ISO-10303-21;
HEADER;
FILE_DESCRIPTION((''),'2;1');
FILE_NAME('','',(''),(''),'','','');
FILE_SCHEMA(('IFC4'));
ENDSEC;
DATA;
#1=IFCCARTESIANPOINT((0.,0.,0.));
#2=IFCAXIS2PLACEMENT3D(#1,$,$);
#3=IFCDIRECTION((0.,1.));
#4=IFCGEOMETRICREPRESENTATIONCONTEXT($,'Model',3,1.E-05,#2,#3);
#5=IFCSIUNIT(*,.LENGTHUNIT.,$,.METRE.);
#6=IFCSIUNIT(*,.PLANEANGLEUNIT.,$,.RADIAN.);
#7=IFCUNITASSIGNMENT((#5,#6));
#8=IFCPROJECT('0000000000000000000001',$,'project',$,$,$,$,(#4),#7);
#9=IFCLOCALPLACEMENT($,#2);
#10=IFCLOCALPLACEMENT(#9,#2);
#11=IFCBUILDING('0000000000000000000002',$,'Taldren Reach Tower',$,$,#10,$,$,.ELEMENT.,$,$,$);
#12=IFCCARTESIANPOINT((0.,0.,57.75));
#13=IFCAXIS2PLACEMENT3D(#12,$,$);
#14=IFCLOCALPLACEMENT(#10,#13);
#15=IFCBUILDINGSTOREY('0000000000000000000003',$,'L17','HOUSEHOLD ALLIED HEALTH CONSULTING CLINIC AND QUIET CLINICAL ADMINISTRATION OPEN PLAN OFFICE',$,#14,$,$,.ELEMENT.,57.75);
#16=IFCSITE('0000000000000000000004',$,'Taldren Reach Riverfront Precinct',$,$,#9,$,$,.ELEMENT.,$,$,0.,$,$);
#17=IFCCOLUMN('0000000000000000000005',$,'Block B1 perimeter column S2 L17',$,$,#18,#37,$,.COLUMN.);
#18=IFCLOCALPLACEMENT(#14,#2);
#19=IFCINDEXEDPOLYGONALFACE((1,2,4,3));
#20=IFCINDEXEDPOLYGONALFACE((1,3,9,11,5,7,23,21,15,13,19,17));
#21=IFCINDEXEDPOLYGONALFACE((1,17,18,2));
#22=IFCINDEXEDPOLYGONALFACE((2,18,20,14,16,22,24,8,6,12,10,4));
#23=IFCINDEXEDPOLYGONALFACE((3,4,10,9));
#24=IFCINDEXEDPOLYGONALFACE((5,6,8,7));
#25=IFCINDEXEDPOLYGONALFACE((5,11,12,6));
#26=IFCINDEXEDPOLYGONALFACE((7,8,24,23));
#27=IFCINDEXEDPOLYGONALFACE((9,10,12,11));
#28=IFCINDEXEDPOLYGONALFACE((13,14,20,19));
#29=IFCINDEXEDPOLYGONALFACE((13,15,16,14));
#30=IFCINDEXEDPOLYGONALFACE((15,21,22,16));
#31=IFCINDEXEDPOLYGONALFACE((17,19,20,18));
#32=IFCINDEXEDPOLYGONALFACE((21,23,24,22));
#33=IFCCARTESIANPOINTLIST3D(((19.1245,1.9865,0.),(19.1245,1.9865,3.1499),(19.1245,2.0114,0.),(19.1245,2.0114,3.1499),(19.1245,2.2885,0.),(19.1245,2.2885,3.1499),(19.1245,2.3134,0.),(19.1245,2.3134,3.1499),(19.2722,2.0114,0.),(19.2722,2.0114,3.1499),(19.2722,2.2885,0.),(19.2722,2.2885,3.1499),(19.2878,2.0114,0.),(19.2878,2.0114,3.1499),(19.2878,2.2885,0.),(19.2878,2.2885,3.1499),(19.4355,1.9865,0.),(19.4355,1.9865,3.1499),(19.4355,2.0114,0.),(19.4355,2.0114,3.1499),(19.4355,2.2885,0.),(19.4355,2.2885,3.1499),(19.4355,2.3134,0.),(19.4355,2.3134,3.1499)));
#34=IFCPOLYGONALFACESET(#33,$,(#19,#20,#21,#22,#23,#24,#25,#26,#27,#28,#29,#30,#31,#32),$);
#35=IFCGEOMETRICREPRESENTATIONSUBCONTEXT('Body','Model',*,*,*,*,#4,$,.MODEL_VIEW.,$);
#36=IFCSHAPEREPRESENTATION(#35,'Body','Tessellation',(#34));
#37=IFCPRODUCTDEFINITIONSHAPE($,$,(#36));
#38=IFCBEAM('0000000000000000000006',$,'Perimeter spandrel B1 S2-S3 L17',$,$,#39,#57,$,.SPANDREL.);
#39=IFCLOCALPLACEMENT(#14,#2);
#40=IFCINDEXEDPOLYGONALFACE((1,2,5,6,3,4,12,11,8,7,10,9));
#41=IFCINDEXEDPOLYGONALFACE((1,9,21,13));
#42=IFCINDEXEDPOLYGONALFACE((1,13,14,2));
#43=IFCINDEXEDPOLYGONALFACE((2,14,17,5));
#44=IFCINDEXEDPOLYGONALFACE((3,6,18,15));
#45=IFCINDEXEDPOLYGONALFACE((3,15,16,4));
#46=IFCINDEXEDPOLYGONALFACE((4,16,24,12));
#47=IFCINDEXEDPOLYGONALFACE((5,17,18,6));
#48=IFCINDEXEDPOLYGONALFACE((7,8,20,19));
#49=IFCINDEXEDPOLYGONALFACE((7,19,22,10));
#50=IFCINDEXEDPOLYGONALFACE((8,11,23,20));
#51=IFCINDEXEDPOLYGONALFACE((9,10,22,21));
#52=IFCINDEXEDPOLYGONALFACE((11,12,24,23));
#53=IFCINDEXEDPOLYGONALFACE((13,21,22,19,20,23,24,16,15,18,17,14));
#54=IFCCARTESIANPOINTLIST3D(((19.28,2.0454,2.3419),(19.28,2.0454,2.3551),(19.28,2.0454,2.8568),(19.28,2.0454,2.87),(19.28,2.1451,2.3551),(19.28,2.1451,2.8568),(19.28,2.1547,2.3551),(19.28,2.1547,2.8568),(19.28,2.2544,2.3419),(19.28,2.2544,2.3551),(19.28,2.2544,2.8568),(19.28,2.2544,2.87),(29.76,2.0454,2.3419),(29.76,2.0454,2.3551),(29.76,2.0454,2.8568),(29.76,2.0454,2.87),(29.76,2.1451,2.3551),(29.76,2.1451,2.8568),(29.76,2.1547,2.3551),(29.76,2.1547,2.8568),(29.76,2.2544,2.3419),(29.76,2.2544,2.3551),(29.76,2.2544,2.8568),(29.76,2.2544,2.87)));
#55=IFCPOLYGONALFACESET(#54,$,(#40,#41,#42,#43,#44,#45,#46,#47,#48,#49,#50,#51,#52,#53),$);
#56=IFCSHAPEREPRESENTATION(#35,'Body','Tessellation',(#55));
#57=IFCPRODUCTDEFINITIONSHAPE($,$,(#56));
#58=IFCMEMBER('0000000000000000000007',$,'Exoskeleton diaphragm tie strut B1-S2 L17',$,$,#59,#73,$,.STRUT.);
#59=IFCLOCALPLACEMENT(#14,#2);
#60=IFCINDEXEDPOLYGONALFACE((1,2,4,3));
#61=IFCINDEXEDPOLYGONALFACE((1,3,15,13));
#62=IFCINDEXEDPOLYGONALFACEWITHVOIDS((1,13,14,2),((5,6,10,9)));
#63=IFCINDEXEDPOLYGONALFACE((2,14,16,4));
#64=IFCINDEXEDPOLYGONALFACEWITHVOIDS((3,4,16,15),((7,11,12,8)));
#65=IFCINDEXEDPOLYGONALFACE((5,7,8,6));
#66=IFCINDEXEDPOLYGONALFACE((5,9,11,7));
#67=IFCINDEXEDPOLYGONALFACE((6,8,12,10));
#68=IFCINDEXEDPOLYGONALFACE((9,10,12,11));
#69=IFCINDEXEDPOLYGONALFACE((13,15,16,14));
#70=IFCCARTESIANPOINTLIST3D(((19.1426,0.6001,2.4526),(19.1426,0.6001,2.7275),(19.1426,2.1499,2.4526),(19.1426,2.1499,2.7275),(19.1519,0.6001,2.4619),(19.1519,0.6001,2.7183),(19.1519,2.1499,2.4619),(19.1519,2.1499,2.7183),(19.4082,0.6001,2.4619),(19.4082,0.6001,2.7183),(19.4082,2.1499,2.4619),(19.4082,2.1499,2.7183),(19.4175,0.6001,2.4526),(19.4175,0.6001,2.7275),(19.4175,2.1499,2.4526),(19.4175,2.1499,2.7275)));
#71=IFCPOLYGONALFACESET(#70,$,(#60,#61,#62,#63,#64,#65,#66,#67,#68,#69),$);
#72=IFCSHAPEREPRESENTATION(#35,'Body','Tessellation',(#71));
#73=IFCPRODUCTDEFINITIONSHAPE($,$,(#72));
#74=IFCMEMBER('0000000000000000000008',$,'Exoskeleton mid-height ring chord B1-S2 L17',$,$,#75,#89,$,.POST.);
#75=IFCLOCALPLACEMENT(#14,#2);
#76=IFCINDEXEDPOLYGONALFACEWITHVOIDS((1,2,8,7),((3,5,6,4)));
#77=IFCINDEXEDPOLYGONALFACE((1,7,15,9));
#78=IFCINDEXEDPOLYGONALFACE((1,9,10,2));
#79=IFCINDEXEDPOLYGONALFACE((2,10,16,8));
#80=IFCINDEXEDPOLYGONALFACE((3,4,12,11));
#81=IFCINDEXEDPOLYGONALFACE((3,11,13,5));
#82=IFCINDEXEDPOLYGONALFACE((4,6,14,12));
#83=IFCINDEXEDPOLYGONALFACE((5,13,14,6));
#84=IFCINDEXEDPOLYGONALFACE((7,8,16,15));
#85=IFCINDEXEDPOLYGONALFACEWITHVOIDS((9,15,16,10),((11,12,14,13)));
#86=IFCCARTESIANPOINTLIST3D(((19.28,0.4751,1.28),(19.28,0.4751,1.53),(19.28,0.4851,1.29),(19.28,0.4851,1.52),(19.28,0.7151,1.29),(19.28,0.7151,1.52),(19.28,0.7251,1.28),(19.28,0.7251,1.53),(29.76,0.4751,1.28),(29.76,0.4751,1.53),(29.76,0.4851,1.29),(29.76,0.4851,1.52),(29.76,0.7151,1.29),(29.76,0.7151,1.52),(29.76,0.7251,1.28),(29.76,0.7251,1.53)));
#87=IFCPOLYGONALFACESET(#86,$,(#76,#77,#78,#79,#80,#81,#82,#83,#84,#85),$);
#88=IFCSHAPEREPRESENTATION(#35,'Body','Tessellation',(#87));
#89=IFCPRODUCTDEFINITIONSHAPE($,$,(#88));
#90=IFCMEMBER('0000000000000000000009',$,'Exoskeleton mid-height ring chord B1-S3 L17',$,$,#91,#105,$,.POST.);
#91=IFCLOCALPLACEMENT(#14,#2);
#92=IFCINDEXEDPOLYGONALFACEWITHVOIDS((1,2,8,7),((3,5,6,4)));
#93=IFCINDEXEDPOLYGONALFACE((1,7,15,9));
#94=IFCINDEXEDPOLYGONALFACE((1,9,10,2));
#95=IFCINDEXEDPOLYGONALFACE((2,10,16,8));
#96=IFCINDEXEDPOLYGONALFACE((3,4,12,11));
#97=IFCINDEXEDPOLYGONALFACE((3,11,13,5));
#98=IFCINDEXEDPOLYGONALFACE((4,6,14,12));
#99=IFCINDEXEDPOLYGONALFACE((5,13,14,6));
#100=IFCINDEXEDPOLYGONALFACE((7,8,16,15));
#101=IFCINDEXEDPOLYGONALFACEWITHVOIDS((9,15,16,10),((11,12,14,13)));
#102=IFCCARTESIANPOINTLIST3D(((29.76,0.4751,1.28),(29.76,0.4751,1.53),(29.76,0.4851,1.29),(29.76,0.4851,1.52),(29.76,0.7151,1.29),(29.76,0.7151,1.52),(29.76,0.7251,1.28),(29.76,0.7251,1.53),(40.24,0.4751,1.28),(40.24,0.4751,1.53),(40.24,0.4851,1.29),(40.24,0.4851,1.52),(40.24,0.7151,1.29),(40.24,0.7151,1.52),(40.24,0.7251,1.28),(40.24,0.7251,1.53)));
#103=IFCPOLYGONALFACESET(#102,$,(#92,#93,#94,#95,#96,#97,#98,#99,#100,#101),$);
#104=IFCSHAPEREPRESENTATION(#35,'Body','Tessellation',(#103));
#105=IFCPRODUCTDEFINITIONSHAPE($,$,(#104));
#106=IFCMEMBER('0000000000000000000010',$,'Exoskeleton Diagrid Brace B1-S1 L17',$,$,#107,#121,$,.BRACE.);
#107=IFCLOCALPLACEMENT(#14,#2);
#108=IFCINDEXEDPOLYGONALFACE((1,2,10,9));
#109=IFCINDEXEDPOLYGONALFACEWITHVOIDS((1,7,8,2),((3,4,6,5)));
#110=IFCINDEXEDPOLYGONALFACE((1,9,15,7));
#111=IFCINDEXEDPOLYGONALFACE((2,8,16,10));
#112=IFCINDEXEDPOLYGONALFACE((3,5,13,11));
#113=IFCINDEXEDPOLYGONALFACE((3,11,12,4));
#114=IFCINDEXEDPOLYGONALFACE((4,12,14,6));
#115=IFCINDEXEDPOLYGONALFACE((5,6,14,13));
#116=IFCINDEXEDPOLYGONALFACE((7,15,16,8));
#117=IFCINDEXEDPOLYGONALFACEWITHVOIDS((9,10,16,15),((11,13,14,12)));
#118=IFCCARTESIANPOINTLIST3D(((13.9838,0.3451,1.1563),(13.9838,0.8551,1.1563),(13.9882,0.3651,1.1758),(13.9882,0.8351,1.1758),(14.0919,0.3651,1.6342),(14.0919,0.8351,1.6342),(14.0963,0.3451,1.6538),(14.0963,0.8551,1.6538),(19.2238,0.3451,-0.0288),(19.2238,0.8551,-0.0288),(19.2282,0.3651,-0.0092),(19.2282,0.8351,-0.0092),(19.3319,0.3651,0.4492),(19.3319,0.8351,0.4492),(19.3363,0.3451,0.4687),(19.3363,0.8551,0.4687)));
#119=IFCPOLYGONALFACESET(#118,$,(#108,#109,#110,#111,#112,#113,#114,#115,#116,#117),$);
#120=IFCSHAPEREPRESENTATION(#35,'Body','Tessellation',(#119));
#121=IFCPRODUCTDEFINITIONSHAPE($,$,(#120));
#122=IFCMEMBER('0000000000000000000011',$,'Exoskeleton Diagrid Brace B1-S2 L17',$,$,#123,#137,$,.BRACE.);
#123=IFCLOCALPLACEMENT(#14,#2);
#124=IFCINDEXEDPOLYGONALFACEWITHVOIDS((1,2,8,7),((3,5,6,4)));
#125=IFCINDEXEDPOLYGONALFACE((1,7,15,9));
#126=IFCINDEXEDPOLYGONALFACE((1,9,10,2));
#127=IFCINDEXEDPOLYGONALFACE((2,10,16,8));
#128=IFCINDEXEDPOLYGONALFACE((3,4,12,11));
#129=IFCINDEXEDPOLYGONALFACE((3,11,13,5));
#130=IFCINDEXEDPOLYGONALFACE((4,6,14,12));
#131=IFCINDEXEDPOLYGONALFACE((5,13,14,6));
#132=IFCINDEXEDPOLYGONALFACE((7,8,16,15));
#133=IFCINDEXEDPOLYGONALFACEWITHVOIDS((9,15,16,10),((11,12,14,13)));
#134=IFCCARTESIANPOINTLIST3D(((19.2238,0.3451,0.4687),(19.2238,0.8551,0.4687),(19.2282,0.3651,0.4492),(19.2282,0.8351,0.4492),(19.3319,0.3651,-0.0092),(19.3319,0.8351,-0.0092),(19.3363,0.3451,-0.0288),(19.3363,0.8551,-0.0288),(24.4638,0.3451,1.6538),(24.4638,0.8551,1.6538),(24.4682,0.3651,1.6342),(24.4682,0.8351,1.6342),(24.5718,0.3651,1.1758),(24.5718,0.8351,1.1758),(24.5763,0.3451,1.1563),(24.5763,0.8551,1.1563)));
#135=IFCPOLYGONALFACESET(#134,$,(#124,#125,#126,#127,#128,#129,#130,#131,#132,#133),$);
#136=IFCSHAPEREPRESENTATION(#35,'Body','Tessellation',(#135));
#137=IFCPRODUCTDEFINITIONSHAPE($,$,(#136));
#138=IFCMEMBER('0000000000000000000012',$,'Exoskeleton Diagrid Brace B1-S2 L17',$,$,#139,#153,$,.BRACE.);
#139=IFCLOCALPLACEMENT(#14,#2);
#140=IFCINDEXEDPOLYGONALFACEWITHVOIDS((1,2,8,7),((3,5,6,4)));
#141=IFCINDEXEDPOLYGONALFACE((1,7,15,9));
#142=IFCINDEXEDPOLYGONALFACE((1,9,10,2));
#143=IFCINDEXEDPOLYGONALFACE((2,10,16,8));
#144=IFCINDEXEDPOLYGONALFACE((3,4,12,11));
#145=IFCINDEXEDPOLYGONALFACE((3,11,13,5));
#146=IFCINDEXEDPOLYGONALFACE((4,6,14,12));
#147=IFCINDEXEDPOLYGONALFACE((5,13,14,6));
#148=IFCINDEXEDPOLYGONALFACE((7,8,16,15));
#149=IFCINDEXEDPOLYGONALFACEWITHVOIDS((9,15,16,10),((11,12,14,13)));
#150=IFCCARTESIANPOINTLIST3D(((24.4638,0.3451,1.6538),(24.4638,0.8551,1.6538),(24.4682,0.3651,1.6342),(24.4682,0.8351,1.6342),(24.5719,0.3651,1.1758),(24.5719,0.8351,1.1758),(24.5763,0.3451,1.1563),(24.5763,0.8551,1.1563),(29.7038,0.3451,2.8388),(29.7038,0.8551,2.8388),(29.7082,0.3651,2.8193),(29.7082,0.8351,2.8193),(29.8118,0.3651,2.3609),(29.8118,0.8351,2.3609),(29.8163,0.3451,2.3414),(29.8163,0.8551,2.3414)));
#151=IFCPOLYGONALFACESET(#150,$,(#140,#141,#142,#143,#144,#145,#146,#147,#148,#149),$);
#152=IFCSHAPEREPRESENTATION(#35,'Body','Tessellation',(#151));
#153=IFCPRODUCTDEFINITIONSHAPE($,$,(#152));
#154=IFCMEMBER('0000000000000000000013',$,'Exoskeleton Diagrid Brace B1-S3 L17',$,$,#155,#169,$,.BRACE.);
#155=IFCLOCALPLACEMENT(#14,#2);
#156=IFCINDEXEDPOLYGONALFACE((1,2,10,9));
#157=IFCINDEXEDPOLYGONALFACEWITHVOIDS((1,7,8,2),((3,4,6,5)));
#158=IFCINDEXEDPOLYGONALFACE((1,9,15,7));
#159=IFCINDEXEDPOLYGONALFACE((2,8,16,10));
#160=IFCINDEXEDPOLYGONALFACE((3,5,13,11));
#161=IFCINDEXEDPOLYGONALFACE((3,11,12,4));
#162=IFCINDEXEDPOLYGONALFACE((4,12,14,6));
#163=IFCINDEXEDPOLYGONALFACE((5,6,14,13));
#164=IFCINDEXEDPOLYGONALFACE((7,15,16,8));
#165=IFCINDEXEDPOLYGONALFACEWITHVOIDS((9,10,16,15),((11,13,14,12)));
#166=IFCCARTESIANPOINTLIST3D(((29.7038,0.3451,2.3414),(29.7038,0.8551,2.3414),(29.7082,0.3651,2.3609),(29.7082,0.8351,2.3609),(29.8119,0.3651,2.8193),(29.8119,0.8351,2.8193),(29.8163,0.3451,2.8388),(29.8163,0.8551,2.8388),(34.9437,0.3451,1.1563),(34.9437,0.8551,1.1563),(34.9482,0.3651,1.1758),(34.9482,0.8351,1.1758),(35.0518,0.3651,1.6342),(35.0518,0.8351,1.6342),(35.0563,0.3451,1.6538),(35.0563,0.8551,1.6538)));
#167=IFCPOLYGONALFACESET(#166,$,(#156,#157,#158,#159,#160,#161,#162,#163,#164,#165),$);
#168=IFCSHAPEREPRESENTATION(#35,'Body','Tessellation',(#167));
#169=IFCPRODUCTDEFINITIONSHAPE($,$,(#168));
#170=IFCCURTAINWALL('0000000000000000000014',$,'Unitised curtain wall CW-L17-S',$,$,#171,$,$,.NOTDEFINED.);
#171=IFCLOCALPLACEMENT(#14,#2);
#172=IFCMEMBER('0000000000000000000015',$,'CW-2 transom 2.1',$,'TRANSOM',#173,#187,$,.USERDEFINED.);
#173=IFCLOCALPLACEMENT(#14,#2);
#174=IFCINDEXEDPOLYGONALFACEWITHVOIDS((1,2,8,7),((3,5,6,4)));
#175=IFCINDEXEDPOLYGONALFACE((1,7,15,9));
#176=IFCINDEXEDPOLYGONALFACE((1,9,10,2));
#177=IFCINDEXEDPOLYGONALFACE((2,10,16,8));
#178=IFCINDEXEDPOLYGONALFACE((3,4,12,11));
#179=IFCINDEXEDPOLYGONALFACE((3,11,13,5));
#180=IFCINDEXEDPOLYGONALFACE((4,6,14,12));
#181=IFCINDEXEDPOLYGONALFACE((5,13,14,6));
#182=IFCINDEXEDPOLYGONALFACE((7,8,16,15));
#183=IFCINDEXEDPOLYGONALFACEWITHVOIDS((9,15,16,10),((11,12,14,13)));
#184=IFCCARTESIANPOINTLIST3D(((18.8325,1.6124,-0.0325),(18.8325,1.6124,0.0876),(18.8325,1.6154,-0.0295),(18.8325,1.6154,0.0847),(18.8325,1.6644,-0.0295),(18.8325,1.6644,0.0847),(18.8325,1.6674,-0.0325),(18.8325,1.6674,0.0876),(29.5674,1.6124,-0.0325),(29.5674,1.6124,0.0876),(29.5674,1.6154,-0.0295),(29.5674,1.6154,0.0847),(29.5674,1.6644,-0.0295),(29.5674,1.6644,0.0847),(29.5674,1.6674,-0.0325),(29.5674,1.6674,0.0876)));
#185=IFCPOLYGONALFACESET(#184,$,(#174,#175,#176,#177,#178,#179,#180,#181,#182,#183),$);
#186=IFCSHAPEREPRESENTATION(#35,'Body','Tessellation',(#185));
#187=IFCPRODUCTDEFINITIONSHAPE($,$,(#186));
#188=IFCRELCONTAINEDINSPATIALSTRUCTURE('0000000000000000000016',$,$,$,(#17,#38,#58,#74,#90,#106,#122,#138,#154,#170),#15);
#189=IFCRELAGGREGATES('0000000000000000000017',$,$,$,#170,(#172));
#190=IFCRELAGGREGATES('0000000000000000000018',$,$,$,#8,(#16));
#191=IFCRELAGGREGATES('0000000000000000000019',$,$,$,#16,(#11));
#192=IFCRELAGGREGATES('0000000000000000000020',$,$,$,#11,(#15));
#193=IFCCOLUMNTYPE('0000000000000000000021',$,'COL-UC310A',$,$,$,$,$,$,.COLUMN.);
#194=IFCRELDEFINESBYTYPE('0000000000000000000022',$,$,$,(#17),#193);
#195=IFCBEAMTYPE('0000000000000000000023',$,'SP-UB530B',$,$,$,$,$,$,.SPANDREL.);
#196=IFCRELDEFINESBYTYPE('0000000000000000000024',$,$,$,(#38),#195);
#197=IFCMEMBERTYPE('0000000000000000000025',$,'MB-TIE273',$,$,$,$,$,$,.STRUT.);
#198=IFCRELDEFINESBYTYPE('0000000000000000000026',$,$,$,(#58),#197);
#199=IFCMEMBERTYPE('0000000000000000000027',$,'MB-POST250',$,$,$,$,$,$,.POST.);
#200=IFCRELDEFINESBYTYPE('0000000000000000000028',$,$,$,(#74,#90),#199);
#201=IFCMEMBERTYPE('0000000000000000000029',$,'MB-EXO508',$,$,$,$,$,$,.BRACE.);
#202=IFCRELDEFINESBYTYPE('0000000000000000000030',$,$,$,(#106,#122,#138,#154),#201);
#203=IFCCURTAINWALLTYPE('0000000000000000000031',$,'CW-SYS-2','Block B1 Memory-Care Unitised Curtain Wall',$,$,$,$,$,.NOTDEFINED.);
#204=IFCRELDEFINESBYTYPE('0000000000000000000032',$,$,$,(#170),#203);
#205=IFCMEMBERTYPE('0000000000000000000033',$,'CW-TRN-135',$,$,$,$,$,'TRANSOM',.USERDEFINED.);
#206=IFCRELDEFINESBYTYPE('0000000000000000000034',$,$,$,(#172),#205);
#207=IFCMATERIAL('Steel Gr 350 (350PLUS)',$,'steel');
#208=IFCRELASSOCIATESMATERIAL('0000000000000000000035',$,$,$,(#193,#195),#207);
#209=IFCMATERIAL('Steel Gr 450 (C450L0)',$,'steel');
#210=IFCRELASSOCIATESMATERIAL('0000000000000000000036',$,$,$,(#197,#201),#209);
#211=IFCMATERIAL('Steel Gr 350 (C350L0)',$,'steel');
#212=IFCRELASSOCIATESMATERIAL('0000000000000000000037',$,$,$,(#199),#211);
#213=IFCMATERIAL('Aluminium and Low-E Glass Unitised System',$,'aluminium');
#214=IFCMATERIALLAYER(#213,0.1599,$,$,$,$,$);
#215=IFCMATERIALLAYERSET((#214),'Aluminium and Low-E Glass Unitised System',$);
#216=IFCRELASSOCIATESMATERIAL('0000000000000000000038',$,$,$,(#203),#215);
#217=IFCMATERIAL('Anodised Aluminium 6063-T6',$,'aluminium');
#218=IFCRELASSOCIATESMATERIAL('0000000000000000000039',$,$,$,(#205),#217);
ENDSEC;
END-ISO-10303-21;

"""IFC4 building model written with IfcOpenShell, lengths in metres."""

from ifc_helpers import new_model, si_unit, direction, frame, origin, origin_2d, place, context, subcontext, project, spatial, hollow_rectangle, i_section, extrude, source, transform, mapped, material, layer, layer_set, material_profile, profile_set, type_object, element, aggregate, save


model = new_model("IFC4")

# Units and contexts
model_context = context("Model", 3, precision=1e-05, world=origin(), true_north=direction((0.0, 1.0)))
body_context = subcontext(model_context, "Body", "Model", "MODEL_VIEW")
ifc_project = project(units=[si_unit("LENGTHUNIT", "METRE"), si_unit("PLANEANGLEUNIT", "RADIAN")], contexts=[model_context])

# Site, building, storey
site_placement = place(None, origin())
site = spatial("IfcSite", under=ifc_project, at=site_placement, Name="Taldren Reach Riverfront Precinct", CompositionType="ELEMENT", RefElevation=0.0)
building_placement = place(site_placement, origin())
building = spatial("IfcBuilding", under=site, at=building_placement, Name="Taldren Reach Tower", CompositionType="ELEMENT")
storey_placement = place(building_placement, frame((0.0, 0.0, 57.75)))
storey = spatial("IfcBuildingStorey", under=building, at=storey_placement, Name="L17", Description="HOUSEHOLD ALLIED HEALTH CONSULTING CLINIC AND QUIET CLINICAL ADMINISTRATION OPEN PLAN OFFICE", CompositionType="ELEMENT", Elevation=57.75)

# Column
ifc_material_1 = material(Name="Steel Gr 350 (350PLUS)", Category="steel")
ifc_material_profile_1 = material_profile(ifc_material_1, i_section(OverallWidth=0.311, OverallDepth=0.3269, WebThickness=0.0156, FlangeThickness=0.0249, at=origin_2d()), Name="310UC158")
ifc_profile_set_1 = profile_set([ifc_material_profile_1], Name="Steel Gr 350 (350PLUS)")
column_type = type_object("IfcColumnType", Name="COL-UC310A", PredefinedType="COLUMN", material=ifc_profile_set_1)
shared_shape_1 = source(origin(), body_context, "Body", "SweptSolid", [
    extrude(i_section(OverallWidth=0.311, OverallDepth=0.3269, WebThickness=0.0156, FlangeThickness=0.0249, at=origin_2d()), origin(), (0.0, 0.0, 1.0), 3.1499),
])
column_placement = place(storey_placement, frame((19.28, 2.1499, 0.0), z_axis=(0.0, 0.0, 1.0), x_axis=(1.0, 0.0, 0.0)))
element("IfcColumn", 1, at=column_placement, inside=storey, type_object=column_type, Name="Block B1 perimeter column S2 L17", PredefinedType="COLUMN", context=body_context, shape_type="MappedRepresentation", body=[
    mapped(shared_shape_1, transform((0.0, 0.0, 0.0), scale=1.0)),
])

# Beam
ifc_material_profile_2 = material_profile(ifc_material_1, i_section(OverallWidth=0.209, OverallDepth=0.5281, WebThickness=0.0095, FlangeThickness=0.0132, at=origin_2d()), Name="530UB82.0")
ifc_profile_set_2 = profile_set([ifc_material_profile_2], Name="Steel Gr 350 (350PLUS)")
beam_type = type_object("IfcBeamType", Name="SP-UB530B", PredefinedType="SPANDREL", material=ifc_profile_set_2)
shared_shape_2 = source(origin(), body_context, "Body", "SweptSolid", [
    extrude(i_section(OverallWidth=0.209, OverallDepth=0.5281, WebThickness=0.0095, FlangeThickness=0.0132, at=origin_2d()), origin(), (0.0, 0.0, 1.0), 10.48),
])
beam_placement = place(storey_placement, frame((19.28, 2.1499, 2.606), z_axis=(1.0, 0.0, 0.0), x_axis=(0.0, 1.0, 0.0)))
element("IfcBeam", 2, at=beam_placement, inside=storey, type_object=beam_type, Name="Perimeter spandrel B1 S2-S3 L17", PredefinedType="SPANDREL", context=body_context, shape_type="MappedRepresentation", body=[
    mapped(shared_shape_2, transform((0.0, 0.0, 0.0), scale=1.0)),
])

# Members
ifc_material_2 = material(Name="Steel Gr 450 (C450L0)", Category="steel")
ifc_material_profile_3 = material_profile(ifc_material_2, hollow_rectangle(XDim=0.2749, YDim=0.2749, WallThickness=0.0093, at=origin_2d()), Name="275x275x9.3SHS")
ifc_profile_set_3 = profile_set([ifc_material_profile_3], Name="Steel Gr 450 (C450L0)")
member_type_1 = type_object("IfcMemberType", Name="MB-TIE273", PredefinedType="STRUT", material=ifc_profile_set_3)
shared_shape_3 = source(origin(), body_context, "Body", "SweptSolid", [
    extrude(hollow_rectangle(XDim=0.2749, YDim=0.2749, WallThickness=0.0093, at=origin_2d()), origin(), (0.0, 0.0, 1.0), 1.5498),
])
member_1_placement = place(storey_placement, frame((19.28, 2.1499, 2.5901), z_axis=(0.0, -1.0, 0.0), x_axis=(1.0, 0.0, 0.0)))
element("IfcMember", 3, at=member_1_placement, inside=storey, type_object=member_type_1, Name="Exoskeleton diaphragm tie strut B1-S2 L17", PredefinedType="STRUT", context=body_context, shape_type="MappedRepresentation", body=[
    mapped(shared_shape_3, transform((0.0, 0.0, 0.0), scale=1.0)),
])
ifc_material_3 = material(Name="Steel Gr 350 (C350L0)", Category="steel")
ifc_material_profile_4 = material_profile(ifc_material_3, hollow_rectangle(XDim=0.25, YDim=0.25, WallThickness=0.01, at=origin_2d()), Name="250x250x10.0SHS")
ifc_profile_set_4 = profile_set([ifc_material_profile_4], Name="Steel Gr 350 (C350L0)")
member_type_2 = type_object("IfcMemberType", Name="MB-POST250", PredefinedType="POST", material=ifc_profile_set_4)
shared_shape_4 = source(origin(), body_context, "Body", "SweptSolid", [
    extrude(hollow_rectangle(XDim=0.25, YDim=0.25, WallThickness=0.01, at=origin_2d()), origin(), (0.0, 0.0, 1.0), 10.48),
])
for number, where, z_axis, x_axis, name in (
    (4, (19.28, 0.6001, 1.405), (1.0, 0.0, 0.0), (0.0, 1.0, 0.0), "Exoskeleton mid-height ring chord B1-S2 L17"),
    (5, (29.76, 0.6001, 1.405), (1.0, 0.0, 0.0), (0.0, 1.0, 0.0), "Exoskeleton mid-height ring chord B1-S3 L17"),
):
    element("IfcMember", number, at=place(storey_placement, frame(where, z_axis=z_axis, x_axis=x_axis)), inside=storey, type_object=member_type_2, Name=name, PredefinedType="POST", context=body_context, shape_type="MappedRepresentation", body=[
        mapped(shared_shape_4, transform((0.0, 0.0, 0.0), scale=1.0)),
    ])
ifc_material_profile_5 = material_profile(ifc_material_2, hollow_rectangle(XDim=0.51, YDim=0.51, WallThickness=0.02, at=origin_2d()), Name="510x510x20.0SHS")
ifc_profile_set_5 = profile_set([ifc_material_profile_5], Name="Steel Gr 450 (C450L0)")
member_type_3 = type_object("IfcMemberType", Name="MB-EXO508", PredefinedType="BRACE", material=ifc_profile_set_5)
shared_shape_5 = source(origin(), body_context, "Body", "SweptSolid", [
    extrude(hollow_rectangle(XDim=0.51, YDim=0.51, WallThickness=0.02, at=origin_2d()), origin(), (0.0, 0.0, 1.0), 5.3723),
])
for number, where, z_axis, x_axis, name in (
    (6, (19.28, 0.6001, 0.22), (-0.975368, 0.0, 0.220586), (0.0, -1.0, 0.0), "Exoskeleton Diagrid Brace B1-S1 L17"),
    (7, (19.28, 0.6001, 0.22), (0.975368, 0.0, 0.220586), (0.0, 1.0, 0.0), "Exoskeleton Diagrid Brace B1-S2 L17"),
    (8, (24.52, 0.6001, 1.405), (0.975368, 0.0, 0.220586), (0.0, 1.0, 0.0), "Exoskeleton Diagrid Brace B1-S2 L17"),
    (9, (35.0, 0.6001, 1.405), (-0.975368, 0.0, 0.220586), (0.0, -1.0, 0.0), "Exoskeleton Diagrid Brace B1-S3 L17"),
):
    element("IfcMember", number, at=place(storey_placement, frame(where, z_axis=z_axis, x_axis=x_axis)), inside=storey, type_object=member_type_3, Name=name, PredefinedType="BRACE", context=body_context, shape_type="MappedRepresentation", body=[
        mapped(shared_shape_5, transform((0.0, 0.0, 0.0), scale=1.0)),
    ])

# Curtain wall, member
ifc_material_4 = material(Name="Aluminium and Low-E Glass Unitised System", Category="aluminium")
ifc_layer_1 = layer(ifc_material_4, 0.1599)
ifc_layer_set_1 = layer_set([ifc_layer_1], Name="Aluminium and Low-E Glass Unitised System")
curtain_wall_type = type_object("IfcCurtainWallType", Name="CW-SYS-2", Description="Block B1 Memory-Care Unitised Curtain Wall", PredefinedType="NOTDEFINED", material=ifc_layer_set_1)
curtain_wall_placement = place(storey_placement, origin())
curtain_wall = element("IfcCurtainWall", 10, at=curtain_wall_placement, inside=storey, type_object=curtain_wall_type, Name="Unitised curtain wall CW-L17-S", PredefinedType="NOTDEFINED")
ifc_material_5 = material(Name="Anodised Aluminium 6063-T6", Category="aluminium")
ifc_material_profile_6 = material_profile(ifc_material_5, hollow_rectangle(XDim=0.0549, YDim=0.1201, WallThickness=0.0029, at=origin_2d()), Name="ALU-120x55x3RHS")
ifc_profile_set_6 = profile_set([ifc_material_profile_6], Name="Anodised Aluminium 6063-T6")
member_type_4 = type_object("IfcMemberType", Name="CW-TRN-135", ElementType="TRANSOM", PredefinedType="USERDEFINED", material=ifc_profile_set_6)
shared_shape_6 = source(origin(), body_context, "Body", "SweptSolid", [
    extrude(hollow_rectangle(XDim=0.0549, YDim=0.1201, WallThickness=0.0029, at=origin_2d()), origin(), (0.0, 0.0, 1.0), 10.7349),
])
member_2_placement = place(storey_placement, frame((18.8325, 1.6399, 0.0276), z_axis=(1.0, 0.0, 0.0), x_axis=(0.0, 1.0, 0.0)))
member_2 = element("IfcMember", 11, at=member_2_placement, type_object=member_type_4, Name="CW-2 transom 2.1", ObjectType="TRANSOM", PredefinedType="USERDEFINED", context=body_context, shape_type="MappedRepresentation", body=[
    mapped(shared_shape_6, transform((0.0, 0.0, 0.0), scale=1.0)),
])

aggregate(curtain_wall, [member_2])

save(model, "model.ifc")
